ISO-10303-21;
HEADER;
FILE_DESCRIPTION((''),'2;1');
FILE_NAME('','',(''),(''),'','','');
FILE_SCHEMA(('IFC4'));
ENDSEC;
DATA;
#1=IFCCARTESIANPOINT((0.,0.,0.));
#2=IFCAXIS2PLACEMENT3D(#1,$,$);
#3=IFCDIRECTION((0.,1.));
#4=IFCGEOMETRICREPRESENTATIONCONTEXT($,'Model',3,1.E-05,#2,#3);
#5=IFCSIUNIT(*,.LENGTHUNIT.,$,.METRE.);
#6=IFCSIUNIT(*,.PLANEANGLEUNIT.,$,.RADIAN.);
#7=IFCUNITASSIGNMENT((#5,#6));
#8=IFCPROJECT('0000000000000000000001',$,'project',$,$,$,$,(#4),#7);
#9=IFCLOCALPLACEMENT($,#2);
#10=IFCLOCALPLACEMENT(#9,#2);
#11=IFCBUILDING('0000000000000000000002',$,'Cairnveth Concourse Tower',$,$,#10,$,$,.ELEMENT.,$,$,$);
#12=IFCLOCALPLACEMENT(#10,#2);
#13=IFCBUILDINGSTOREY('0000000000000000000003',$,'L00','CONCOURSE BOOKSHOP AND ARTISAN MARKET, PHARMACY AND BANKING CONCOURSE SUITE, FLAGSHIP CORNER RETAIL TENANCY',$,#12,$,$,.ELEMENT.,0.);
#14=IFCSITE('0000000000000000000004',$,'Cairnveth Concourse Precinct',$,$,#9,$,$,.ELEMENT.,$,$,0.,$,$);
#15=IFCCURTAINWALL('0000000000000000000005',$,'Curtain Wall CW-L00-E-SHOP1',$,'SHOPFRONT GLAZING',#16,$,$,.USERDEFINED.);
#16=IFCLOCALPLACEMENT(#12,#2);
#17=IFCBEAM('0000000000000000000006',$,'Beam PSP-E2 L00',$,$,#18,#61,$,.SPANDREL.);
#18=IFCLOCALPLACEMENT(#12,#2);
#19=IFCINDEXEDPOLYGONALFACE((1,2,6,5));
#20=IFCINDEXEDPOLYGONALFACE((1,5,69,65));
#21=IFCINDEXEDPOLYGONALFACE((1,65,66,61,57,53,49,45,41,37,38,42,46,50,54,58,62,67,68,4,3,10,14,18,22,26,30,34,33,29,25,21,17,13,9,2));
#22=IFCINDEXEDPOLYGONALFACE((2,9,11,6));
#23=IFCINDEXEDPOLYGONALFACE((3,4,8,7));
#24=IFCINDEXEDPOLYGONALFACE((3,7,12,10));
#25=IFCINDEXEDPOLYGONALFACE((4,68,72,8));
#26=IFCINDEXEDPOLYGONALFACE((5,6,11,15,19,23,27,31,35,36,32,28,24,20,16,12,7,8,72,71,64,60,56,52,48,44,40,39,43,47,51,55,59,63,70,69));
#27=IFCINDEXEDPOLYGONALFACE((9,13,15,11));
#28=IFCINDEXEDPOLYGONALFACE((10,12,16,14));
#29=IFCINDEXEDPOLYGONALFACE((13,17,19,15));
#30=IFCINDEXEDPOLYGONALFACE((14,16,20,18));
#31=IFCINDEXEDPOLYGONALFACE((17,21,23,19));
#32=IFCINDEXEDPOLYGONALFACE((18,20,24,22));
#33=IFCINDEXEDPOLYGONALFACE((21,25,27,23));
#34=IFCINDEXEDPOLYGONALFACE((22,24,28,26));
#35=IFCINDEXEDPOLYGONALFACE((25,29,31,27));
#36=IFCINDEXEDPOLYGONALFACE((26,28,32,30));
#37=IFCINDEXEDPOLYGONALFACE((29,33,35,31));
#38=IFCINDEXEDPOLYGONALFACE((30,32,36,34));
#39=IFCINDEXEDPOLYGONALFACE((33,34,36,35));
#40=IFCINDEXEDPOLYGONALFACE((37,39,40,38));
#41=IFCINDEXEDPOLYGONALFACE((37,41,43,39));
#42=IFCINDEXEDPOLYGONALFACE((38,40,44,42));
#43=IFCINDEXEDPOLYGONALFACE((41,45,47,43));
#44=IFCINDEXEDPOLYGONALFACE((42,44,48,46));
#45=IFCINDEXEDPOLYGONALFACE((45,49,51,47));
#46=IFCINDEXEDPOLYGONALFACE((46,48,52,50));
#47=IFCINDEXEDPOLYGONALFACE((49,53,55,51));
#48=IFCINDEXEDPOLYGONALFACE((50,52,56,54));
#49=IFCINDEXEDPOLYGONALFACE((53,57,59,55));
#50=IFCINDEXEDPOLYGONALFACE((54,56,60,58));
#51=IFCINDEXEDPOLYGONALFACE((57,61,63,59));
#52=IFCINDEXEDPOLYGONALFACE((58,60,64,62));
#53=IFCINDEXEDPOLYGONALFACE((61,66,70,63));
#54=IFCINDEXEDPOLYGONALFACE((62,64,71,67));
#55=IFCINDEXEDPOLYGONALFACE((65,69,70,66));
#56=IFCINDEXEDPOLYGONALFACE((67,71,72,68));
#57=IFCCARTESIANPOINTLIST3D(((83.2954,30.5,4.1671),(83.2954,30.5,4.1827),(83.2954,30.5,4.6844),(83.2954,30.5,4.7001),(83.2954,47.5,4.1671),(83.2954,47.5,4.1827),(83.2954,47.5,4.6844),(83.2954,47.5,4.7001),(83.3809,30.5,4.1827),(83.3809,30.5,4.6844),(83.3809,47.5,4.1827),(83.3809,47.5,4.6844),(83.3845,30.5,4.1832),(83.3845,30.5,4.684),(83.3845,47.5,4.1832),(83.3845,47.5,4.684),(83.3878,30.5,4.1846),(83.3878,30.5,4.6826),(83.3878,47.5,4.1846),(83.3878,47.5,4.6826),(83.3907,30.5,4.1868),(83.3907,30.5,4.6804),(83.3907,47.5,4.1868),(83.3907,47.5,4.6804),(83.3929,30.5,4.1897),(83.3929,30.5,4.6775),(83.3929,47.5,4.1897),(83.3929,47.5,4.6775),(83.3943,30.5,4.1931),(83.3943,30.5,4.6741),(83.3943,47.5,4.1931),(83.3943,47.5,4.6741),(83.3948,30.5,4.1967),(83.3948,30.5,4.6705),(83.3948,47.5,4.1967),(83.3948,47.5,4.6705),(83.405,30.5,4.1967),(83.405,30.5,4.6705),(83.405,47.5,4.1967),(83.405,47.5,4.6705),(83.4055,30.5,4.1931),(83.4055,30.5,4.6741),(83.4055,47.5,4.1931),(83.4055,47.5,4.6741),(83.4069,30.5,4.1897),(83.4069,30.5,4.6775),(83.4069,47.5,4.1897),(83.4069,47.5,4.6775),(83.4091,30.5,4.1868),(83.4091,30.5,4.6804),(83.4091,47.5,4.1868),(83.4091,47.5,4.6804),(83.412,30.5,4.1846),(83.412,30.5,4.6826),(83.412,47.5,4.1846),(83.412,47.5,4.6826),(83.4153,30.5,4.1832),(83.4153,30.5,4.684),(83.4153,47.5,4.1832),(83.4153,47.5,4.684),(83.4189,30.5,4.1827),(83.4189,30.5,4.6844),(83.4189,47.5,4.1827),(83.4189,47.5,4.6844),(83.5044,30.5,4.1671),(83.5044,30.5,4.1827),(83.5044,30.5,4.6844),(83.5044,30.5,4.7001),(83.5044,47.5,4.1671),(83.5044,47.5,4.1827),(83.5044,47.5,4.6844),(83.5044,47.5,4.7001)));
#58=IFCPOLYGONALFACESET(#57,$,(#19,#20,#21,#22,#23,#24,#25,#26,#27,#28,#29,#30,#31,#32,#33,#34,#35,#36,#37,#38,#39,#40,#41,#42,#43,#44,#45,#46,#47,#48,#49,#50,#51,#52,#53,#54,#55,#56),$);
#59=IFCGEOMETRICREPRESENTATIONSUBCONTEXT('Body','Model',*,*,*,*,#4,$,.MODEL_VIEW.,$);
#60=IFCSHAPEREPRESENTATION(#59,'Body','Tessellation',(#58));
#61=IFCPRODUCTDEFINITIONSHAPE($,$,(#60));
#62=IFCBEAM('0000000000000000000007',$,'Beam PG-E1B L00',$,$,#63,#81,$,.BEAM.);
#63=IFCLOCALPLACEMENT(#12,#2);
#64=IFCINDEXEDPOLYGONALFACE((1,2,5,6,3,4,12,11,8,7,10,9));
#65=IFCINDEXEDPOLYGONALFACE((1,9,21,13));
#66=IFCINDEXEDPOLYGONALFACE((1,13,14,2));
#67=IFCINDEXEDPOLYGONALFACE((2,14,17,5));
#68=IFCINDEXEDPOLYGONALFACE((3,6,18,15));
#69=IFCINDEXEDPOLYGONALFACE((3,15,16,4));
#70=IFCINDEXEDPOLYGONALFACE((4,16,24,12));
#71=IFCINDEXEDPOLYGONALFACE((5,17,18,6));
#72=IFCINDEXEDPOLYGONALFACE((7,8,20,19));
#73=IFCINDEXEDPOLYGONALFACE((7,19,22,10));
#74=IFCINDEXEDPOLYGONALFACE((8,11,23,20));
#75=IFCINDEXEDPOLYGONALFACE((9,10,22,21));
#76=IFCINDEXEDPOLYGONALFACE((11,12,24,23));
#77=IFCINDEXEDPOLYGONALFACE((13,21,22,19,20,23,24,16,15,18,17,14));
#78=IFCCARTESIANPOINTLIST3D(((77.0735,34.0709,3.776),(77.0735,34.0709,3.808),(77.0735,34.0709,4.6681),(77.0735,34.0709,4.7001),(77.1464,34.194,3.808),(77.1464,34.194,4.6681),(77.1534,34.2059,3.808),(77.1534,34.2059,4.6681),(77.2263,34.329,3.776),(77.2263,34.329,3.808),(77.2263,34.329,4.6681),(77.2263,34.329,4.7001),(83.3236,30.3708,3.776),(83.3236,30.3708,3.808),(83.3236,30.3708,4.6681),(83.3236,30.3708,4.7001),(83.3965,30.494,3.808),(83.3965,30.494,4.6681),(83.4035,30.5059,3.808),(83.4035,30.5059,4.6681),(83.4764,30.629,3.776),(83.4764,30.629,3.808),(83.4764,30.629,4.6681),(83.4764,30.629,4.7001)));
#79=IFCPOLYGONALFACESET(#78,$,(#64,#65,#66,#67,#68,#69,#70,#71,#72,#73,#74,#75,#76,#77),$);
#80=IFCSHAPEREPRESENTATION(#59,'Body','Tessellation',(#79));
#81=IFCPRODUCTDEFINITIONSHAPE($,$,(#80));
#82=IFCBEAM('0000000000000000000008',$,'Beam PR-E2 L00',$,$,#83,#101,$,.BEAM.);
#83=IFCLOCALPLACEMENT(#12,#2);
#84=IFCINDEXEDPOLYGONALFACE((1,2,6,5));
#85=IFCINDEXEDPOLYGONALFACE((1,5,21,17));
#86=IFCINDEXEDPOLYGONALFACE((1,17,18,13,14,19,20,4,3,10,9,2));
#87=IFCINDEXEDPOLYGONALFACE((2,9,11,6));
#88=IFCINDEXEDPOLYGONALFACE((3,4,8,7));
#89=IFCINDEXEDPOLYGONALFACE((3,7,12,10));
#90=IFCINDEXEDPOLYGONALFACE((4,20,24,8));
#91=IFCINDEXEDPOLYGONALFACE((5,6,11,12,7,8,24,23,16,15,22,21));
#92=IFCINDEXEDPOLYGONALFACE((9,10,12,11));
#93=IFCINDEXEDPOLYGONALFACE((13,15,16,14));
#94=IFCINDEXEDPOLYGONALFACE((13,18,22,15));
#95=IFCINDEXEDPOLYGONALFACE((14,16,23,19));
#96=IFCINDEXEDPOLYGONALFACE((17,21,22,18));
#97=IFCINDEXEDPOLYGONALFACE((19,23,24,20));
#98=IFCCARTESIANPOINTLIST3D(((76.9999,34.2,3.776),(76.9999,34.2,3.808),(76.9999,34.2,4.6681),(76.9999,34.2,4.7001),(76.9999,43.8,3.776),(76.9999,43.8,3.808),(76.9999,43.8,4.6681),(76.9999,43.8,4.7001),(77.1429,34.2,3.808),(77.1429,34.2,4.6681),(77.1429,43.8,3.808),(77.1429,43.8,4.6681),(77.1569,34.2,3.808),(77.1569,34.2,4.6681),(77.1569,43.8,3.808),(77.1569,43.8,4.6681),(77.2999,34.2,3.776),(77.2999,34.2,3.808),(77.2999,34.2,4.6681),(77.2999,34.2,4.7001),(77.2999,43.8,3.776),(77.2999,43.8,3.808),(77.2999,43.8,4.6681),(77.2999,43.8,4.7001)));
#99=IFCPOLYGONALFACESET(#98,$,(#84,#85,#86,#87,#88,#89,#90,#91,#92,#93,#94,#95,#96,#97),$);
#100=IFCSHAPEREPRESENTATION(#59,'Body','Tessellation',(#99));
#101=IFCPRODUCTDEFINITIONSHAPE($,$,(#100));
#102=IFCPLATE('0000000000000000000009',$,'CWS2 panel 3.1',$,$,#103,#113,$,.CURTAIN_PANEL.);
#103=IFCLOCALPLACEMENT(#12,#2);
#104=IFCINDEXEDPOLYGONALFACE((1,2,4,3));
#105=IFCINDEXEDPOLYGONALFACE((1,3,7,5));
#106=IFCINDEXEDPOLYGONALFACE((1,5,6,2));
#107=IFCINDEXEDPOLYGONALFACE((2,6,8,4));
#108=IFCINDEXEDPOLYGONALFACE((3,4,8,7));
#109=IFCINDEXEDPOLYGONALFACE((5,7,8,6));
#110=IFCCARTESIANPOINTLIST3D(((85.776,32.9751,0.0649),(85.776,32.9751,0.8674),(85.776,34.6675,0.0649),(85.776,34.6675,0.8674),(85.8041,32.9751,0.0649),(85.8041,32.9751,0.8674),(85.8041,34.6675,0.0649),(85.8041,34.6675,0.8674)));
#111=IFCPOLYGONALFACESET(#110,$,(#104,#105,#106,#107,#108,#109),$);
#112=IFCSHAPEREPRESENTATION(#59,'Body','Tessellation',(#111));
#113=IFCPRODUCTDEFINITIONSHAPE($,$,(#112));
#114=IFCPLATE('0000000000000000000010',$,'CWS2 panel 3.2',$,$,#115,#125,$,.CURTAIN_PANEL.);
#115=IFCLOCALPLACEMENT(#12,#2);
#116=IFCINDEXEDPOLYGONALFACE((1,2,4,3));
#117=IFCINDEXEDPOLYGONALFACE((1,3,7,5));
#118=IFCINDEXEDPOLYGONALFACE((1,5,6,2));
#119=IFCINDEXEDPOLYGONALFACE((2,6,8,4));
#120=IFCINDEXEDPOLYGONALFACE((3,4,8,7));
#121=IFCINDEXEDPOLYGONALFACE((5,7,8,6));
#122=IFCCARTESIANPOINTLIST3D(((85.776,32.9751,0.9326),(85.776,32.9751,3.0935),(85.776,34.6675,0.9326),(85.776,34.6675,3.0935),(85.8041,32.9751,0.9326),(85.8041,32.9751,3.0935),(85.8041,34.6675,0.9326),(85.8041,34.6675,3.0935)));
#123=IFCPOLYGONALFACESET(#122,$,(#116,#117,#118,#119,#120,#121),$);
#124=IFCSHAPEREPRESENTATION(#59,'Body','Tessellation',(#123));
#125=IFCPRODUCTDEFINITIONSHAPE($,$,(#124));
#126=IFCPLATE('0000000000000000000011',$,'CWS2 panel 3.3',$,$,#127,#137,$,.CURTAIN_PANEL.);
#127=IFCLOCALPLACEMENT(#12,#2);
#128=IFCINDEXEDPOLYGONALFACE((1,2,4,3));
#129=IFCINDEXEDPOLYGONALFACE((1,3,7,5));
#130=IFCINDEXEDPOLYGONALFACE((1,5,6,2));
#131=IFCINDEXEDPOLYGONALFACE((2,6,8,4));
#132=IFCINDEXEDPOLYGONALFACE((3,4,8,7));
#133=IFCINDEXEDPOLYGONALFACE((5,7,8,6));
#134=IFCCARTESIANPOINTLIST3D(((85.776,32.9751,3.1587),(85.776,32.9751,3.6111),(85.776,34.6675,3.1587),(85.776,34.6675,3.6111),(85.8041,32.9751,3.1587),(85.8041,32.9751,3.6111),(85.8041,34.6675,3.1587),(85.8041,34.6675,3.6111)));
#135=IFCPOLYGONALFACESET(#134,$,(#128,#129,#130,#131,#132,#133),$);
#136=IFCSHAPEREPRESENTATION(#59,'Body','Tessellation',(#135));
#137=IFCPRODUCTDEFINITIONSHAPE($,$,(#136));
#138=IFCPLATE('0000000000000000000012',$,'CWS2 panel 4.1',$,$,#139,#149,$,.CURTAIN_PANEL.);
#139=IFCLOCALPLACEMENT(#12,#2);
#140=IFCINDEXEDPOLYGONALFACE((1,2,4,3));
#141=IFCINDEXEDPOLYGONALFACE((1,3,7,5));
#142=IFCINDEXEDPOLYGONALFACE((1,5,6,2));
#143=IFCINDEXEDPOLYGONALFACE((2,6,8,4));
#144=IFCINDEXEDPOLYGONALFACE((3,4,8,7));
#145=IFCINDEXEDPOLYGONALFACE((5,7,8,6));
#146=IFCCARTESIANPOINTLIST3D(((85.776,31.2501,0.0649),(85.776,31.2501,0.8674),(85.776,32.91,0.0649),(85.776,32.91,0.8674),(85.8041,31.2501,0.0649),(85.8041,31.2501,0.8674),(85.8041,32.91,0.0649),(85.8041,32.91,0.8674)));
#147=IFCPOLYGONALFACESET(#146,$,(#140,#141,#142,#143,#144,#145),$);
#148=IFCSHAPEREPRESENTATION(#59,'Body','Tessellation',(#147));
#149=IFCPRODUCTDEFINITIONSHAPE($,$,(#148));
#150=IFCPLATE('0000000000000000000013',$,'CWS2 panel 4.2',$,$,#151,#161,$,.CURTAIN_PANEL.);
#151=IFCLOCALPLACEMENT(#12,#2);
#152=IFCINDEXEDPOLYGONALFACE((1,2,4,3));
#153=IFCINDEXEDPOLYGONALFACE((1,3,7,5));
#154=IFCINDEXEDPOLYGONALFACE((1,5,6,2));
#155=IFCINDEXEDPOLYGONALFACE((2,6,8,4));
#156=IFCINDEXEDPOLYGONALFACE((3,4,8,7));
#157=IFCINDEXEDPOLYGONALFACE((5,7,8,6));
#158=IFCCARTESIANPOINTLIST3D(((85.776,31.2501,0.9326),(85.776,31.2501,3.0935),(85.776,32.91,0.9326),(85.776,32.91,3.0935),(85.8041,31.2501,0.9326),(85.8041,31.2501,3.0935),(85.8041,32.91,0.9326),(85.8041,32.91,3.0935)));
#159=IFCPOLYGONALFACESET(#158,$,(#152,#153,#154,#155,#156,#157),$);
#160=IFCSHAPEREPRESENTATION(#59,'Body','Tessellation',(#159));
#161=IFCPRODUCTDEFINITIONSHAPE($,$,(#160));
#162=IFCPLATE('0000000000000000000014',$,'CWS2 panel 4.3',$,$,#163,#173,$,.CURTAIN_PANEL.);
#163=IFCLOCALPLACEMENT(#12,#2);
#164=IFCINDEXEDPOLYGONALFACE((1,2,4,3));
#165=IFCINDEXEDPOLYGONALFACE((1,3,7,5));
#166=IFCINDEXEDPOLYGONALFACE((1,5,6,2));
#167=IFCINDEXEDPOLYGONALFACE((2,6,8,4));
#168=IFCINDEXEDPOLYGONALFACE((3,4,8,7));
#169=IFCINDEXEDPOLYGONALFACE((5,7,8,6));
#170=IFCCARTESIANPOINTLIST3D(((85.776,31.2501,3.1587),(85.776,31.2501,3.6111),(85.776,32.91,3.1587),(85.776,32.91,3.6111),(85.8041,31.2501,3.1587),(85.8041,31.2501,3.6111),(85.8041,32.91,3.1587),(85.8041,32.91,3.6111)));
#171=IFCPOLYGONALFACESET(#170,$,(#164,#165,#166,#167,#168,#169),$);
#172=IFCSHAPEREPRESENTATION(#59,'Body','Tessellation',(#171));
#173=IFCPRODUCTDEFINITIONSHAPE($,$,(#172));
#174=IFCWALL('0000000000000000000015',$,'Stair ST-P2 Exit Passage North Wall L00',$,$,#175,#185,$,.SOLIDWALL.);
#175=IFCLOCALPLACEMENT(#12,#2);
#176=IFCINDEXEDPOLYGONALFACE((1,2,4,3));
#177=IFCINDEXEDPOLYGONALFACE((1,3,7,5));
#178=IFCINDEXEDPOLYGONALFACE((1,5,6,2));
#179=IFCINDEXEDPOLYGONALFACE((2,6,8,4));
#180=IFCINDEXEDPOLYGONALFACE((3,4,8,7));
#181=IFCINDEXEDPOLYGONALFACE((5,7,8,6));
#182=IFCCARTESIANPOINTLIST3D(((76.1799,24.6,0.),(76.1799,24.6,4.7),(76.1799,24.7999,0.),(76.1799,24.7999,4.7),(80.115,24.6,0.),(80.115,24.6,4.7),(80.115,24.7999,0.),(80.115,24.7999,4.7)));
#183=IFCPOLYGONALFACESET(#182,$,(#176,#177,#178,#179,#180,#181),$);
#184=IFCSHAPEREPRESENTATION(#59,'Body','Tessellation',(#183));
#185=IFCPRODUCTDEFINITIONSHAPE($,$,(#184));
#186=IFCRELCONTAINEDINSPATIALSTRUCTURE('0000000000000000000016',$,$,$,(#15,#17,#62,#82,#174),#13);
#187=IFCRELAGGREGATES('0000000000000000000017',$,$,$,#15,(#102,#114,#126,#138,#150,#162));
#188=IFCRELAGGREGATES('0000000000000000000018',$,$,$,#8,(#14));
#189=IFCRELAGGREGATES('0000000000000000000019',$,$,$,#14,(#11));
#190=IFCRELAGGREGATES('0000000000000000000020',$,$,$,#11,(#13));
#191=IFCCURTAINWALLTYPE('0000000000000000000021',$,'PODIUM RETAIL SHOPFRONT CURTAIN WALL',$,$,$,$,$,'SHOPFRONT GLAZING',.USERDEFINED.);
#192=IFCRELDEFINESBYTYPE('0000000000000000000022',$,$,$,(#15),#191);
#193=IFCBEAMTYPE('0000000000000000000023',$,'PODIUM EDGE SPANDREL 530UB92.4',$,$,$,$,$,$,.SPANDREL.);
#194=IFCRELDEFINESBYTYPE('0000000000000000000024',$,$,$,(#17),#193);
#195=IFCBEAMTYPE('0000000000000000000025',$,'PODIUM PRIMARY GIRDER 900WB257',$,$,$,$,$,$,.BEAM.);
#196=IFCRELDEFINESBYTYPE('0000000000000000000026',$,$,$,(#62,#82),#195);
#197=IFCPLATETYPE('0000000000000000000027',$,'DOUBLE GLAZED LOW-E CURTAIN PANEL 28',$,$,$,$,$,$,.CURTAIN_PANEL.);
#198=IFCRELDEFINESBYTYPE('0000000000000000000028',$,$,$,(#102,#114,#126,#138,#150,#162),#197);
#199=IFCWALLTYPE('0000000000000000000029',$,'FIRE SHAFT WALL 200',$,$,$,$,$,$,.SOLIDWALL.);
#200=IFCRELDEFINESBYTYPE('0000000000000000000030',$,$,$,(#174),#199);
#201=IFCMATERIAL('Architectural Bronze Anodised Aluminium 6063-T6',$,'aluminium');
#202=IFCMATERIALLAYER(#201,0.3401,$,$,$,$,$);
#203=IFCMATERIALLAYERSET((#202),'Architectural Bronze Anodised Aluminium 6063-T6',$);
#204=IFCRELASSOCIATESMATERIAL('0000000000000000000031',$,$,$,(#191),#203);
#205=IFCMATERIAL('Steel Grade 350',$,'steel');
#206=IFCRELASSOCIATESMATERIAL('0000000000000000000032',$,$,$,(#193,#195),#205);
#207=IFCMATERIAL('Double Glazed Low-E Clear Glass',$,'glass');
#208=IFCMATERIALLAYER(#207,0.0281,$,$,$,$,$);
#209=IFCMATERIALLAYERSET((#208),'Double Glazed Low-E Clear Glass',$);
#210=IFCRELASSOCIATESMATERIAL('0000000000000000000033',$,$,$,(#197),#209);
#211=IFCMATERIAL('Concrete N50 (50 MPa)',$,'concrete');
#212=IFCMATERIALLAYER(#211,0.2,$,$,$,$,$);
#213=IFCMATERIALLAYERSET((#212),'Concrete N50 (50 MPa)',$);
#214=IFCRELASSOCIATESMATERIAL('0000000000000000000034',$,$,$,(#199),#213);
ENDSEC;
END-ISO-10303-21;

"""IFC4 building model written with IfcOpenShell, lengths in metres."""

from ifc_helpers import new_model, si_unit, direction, frame, frame_2d, origin, origin_2d, place, context, subcontext, project, spatial, rectangle, i_section, extrude, material, layer, layer_set, material_profile, profile_set, type_object, element, aggregate, save


model = new_model("IFC4")

# Units and contexts
model_context = context("Model", 3, precision=1e-05, world=origin(), true_north=direction((0.0, 1.0)))
body_context = subcontext(model_context, "Body", "Model", "MODEL_VIEW")
ifc_project = project(units=[si_unit("LENGTHUNIT", "METRE"), si_unit("PLANEANGLEUNIT", "RADIAN")], contexts=[model_context])

# Site, building, storey
site_placement = place(None, origin())
site = spatial("IfcSite", under=ifc_project, at=site_placement, Name="Cairnveth Concourse Precinct", CompositionType="ELEMENT", RefElevation=0.0)
building_placement = place(site_placement, origin())
building = spatial("IfcBuilding", under=site, at=building_placement, Name="Cairnveth Concourse Tower", CompositionType="ELEMENT")
storey_placement = place(building_placement, origin())
storey = spatial("IfcBuildingStorey", under=building, at=storey_placement, Name="L00", Description="CONCOURSE BOOKSHOP AND ARTISAN MARKET, PHARMACY AND BANKING CONCOURSE SUITE, FLAGSHIP CORNER RETAIL TENANCY", CompositionType="ELEMENT", Elevation=0.0)

# Curtain wall
ifc_material_1 = material(Name="Architectural Bronze Anodised Aluminium 6063-T6", Category="aluminium")
ifc_layer_1 = layer(ifc_material_1, 0.3401)
ifc_layer_set_1 = layer_set([ifc_layer_1], Name="Architectural Bronze Anodised Aluminium 6063-T6")
curtain_wall_type = type_object("IfcCurtainWallType", Name="PODIUM RETAIL SHOPFRONT CURTAIN WALL", ElementType="SHOPFRONT GLAZING", PredefinedType="USERDEFINED", material=ifc_layer_set_1)
curtain_wall_placement = place(storey_placement, origin())
curtain_wall = element("IfcCurtainWall", 1, at=curtain_wall_placement, inside=storey, type_object=curtain_wall_type, Name="Curtain Wall CW-L00-E-SHOP1", ObjectType="SHOPFRONT GLAZING", PredefinedType="USERDEFINED")

# Beams
ifc_material_2 = material(Name="Steel Grade 350", Category="steel")
ifc_material_profile_1 = material_profile(ifc_material_2, i_section(OverallWidth=0.209, OverallDepth=0.533, WebThickness=0.0103, FlangeThickness=0.0156, FilletRadius=0.0139, at=origin_2d()), Name="530UB92.4")
ifc_profile_set_1 = profile_set([ifc_material_profile_1], Name="Steel Grade 350")
beam_type_1 = type_object("IfcBeamType", Name="PODIUM EDGE SPANDREL 530UB92.4", PredefinedType="SPANDREL", material=ifc_profile_set_1)
beam_1_placement = place(storey_placement, frame((83.3999, 30.5, 4.4336), z_axis=(0.0, 1.0, 0.0), x_axis=(-1.0, 0.0, 0.0)))
element("IfcBeam", 2, at=beam_1_placement, inside=storey, type_object=beam_type_1, Name="Beam PSP-E2 L00", PredefinedType="SPANDREL", context=body_context, shape_type="SweptSolid", body=[
    extrude(i_section(OverallWidth=0.209, OverallDepth=0.533, WebThickness=0.0103, FlangeThickness=0.0156, FilletRadius=0.0139, at=origin_2d()), origin(), (0.0, 0.0, 1.0), 17.0),
])
ifc_material_profile_2 = material_profile(ifc_material_2, i_section(OverallWidth=0.3, OverallDepth=0.9241, WebThickness=0.0139, FlangeThickness=0.032, at=origin_2d()), Name="900WB257")
ifc_profile_set_2 = profile_set([ifc_material_profile_2], Name="Steel Grade 350")
beam_type_2 = type_object("IfcBeamType", Name="PODIUM PRIMARY GIRDER 900WB257", PredefinedType="BEAM", material=ifc_profile_set_2)
beam_2_placement = place(storey_placement, frame((77.1499, 34.2, 4.238), z_axis=(0.860518, -0.50942, 0.0), x_axis=(0.50942, 0.860518, 0.0)))
element("IfcBeam", 3, at=beam_2_placement, inside=storey, type_object=beam_type_2, Name="Beam PG-E1B L00", PredefinedType="BEAM", context=body_context, shape_type="SweptSolid", body=[
    extrude(i_section(OverallWidth=0.3, OverallDepth=0.9241, WebThickness=0.0139, FlangeThickness=0.032, at=origin_2d()), origin(), (0.0, 0.0, 1.0), 7.2632),
])
beam_3_placement = place(storey_placement, frame((77.1499, 34.2, 4.238), z_axis=(0.0, 1.0, 0.0), x_axis=(-1.0, 0.0, 0.0)))
element("IfcBeam", 4, at=beam_3_placement, inside=storey, type_object=beam_type_2, Name="Beam PR-E2 L00", PredefinedType="BEAM", context=body_context, shape_type="SweptSolid", body=[
    extrude(i_section(OverallWidth=0.3, OverallDepth=0.9241, WebThickness=0.0139, FlangeThickness=0.032, at=origin_2d()), origin(), (0.0, 0.0, 1.0), 9.6001),
])

# Plates
ifc_material_3 = material(Name="Double Glazed Low-E Clear Glass", Category="glass")
ifc_layer_2 = layer(ifc_material_3, 0.0281)
ifc_layer_set_2 = layer_set([ifc_layer_2], Name="Double Glazed Low-E Clear Glass")
plate_type = type_object("IfcPlateType", Name="DOUBLE GLAZED LOW-E CURTAIN PANEL 28", PredefinedType="CURTAIN_PANEL", material=ifc_layer_set_2)
plate_1_placement = place(storey_placement, frame((85.79, 33.8213, 0.0649), z_axis=(0.0, 0.0, 1.0), x_axis=(0.0, -1.0, 0.0)))
plate_1 = element("IfcPlate", 5, at=plate_1_placement, type_object=plate_type, Name="CWS2 panel 3.1", PredefinedType="CURTAIN_PANEL", context=body_context, shape_type="SweptSolid", body=[
    extrude(rectangle(XDim=1.6924, YDim=0.0281, at=origin_2d()), origin(), (0.0, 0.0, 1.0), 0.8025),
])
plate_2_placement = place(storey_placement, frame((85.79, 33.8213, 0.9326), z_axis=(0.0, 0.0, 1.0), x_axis=(0.0, -1.0, 0.0)))
plate_2 = element("IfcPlate", 6, at=plate_2_placement, type_object=plate_type, Name="CWS2 panel 3.2", PredefinedType="CURTAIN_PANEL", context=body_context, shape_type="SweptSolid", body=[
    extrude(rectangle(XDim=1.6924, YDim=0.0281, at=origin_2d()), origin(), (0.0, 0.0, 1.0), 2.1609),
])
plate_3_placement = place(storey_placement, frame((85.79, 33.8213, 3.1587), z_axis=(0.0, 0.0, 1.0), x_axis=(0.0, -1.0, 0.0)))
plate_3 = element("IfcPlate", 7, at=plate_3_placement, type_object=plate_type, Name="CWS2 panel 3.3", PredefinedType="CURTAIN_PANEL", context=body_context, shape_type="SweptSolid", body=[
    extrude(rectangle(XDim=1.6924, YDim=0.0281, at=origin_2d()), origin(), (0.0, 0.0, 1.0), 0.4524),
])
plate_4_placement = place(storey_placement, frame((85.79, 32.0801, 0.0649), z_axis=(0.0, 0.0, 1.0), x_axis=(0.0, -1.0, 0.0)))
plate_4 = element("IfcPlate", 8, at=plate_4_placement, type_object=plate_type, Name="CWS2 panel 4.1", PredefinedType="CURTAIN_PANEL", context=body_context, shape_type="SweptSolid", body=[
    extrude(rectangle(XDim=1.6599, YDim=0.0281, at=origin_2d()), origin(), (0.0, 0.0, 1.0), 0.8025),
])
plate_5_placement = place(storey_placement, frame((85.79, 32.0801, 0.9326), z_axis=(0.0, 0.0, 1.0), x_axis=(0.0, -1.0, 0.0)))
plate_5 = element("IfcPlate", 9, at=plate_5_placement, type_object=plate_type, Name="CWS2 panel 4.2", PredefinedType="CURTAIN_PANEL", context=body_context, shape_type="SweptSolid", body=[
    extrude(rectangle(XDim=1.6599, YDim=0.0281, at=origin_2d()), origin(), (0.0, 0.0, 1.0), 2.1609),
])
plate_6_placement = place(storey_placement, frame((85.79, 32.0801, 3.1587), z_axis=(0.0, 0.0, 1.0), x_axis=(0.0, -1.0, 0.0)))
plate_6 = element("IfcPlate", 10, at=plate_6_placement, type_object=plate_type, Name="CWS2 panel 4.3", PredefinedType="CURTAIN_PANEL", context=body_context, shape_type="SweptSolid", body=[
    extrude(rectangle(XDim=1.6599, YDim=0.0281, at=origin_2d()), origin(), (0.0, 0.0, 1.0), 0.4524),
])
aggregate(curtain_wall, [plate_1, plate_2, plate_3, plate_4, plate_5, plate_6])

# Wall
ifc_material_4 = material(Name="Concrete N50 (50 MPa)", Category="concrete")
ifc_layer_3 = layer(ifc_material_4, 0.2)
ifc_layer_set_3 = layer_set([ifc_layer_3], Name="Concrete N50 (50 MPa)")
wall_type_1 = type_object("IfcWallType", Name="FIRE SHAFT WALL 200", PredefinedType="SOLIDWALL", material=ifc_layer_set_3)
wall_1_placement = place(storey_placement, frame((76.1799, 24.7, 0.0), z_axis=(0.0, 0.0, 1.0), x_axis=(1.0, 0.0, 0.0)))
element("IfcWall", 11, at=wall_1_placement, inside=storey, type_object=wall_type_1, Name="Stair ST-P2 Exit Passage North Wall L00", PredefinedType="SOLIDWALL", context=body_context, shape_type="SweptSolid", body=[
    extrude(rectangle(XDim=3.9351, YDim=0.2, at=frame_2d((1.9675, 0.0))), origin(), (0.0, 0.0, 1.0), 4.7),
])

save(model, "model.ifc")
